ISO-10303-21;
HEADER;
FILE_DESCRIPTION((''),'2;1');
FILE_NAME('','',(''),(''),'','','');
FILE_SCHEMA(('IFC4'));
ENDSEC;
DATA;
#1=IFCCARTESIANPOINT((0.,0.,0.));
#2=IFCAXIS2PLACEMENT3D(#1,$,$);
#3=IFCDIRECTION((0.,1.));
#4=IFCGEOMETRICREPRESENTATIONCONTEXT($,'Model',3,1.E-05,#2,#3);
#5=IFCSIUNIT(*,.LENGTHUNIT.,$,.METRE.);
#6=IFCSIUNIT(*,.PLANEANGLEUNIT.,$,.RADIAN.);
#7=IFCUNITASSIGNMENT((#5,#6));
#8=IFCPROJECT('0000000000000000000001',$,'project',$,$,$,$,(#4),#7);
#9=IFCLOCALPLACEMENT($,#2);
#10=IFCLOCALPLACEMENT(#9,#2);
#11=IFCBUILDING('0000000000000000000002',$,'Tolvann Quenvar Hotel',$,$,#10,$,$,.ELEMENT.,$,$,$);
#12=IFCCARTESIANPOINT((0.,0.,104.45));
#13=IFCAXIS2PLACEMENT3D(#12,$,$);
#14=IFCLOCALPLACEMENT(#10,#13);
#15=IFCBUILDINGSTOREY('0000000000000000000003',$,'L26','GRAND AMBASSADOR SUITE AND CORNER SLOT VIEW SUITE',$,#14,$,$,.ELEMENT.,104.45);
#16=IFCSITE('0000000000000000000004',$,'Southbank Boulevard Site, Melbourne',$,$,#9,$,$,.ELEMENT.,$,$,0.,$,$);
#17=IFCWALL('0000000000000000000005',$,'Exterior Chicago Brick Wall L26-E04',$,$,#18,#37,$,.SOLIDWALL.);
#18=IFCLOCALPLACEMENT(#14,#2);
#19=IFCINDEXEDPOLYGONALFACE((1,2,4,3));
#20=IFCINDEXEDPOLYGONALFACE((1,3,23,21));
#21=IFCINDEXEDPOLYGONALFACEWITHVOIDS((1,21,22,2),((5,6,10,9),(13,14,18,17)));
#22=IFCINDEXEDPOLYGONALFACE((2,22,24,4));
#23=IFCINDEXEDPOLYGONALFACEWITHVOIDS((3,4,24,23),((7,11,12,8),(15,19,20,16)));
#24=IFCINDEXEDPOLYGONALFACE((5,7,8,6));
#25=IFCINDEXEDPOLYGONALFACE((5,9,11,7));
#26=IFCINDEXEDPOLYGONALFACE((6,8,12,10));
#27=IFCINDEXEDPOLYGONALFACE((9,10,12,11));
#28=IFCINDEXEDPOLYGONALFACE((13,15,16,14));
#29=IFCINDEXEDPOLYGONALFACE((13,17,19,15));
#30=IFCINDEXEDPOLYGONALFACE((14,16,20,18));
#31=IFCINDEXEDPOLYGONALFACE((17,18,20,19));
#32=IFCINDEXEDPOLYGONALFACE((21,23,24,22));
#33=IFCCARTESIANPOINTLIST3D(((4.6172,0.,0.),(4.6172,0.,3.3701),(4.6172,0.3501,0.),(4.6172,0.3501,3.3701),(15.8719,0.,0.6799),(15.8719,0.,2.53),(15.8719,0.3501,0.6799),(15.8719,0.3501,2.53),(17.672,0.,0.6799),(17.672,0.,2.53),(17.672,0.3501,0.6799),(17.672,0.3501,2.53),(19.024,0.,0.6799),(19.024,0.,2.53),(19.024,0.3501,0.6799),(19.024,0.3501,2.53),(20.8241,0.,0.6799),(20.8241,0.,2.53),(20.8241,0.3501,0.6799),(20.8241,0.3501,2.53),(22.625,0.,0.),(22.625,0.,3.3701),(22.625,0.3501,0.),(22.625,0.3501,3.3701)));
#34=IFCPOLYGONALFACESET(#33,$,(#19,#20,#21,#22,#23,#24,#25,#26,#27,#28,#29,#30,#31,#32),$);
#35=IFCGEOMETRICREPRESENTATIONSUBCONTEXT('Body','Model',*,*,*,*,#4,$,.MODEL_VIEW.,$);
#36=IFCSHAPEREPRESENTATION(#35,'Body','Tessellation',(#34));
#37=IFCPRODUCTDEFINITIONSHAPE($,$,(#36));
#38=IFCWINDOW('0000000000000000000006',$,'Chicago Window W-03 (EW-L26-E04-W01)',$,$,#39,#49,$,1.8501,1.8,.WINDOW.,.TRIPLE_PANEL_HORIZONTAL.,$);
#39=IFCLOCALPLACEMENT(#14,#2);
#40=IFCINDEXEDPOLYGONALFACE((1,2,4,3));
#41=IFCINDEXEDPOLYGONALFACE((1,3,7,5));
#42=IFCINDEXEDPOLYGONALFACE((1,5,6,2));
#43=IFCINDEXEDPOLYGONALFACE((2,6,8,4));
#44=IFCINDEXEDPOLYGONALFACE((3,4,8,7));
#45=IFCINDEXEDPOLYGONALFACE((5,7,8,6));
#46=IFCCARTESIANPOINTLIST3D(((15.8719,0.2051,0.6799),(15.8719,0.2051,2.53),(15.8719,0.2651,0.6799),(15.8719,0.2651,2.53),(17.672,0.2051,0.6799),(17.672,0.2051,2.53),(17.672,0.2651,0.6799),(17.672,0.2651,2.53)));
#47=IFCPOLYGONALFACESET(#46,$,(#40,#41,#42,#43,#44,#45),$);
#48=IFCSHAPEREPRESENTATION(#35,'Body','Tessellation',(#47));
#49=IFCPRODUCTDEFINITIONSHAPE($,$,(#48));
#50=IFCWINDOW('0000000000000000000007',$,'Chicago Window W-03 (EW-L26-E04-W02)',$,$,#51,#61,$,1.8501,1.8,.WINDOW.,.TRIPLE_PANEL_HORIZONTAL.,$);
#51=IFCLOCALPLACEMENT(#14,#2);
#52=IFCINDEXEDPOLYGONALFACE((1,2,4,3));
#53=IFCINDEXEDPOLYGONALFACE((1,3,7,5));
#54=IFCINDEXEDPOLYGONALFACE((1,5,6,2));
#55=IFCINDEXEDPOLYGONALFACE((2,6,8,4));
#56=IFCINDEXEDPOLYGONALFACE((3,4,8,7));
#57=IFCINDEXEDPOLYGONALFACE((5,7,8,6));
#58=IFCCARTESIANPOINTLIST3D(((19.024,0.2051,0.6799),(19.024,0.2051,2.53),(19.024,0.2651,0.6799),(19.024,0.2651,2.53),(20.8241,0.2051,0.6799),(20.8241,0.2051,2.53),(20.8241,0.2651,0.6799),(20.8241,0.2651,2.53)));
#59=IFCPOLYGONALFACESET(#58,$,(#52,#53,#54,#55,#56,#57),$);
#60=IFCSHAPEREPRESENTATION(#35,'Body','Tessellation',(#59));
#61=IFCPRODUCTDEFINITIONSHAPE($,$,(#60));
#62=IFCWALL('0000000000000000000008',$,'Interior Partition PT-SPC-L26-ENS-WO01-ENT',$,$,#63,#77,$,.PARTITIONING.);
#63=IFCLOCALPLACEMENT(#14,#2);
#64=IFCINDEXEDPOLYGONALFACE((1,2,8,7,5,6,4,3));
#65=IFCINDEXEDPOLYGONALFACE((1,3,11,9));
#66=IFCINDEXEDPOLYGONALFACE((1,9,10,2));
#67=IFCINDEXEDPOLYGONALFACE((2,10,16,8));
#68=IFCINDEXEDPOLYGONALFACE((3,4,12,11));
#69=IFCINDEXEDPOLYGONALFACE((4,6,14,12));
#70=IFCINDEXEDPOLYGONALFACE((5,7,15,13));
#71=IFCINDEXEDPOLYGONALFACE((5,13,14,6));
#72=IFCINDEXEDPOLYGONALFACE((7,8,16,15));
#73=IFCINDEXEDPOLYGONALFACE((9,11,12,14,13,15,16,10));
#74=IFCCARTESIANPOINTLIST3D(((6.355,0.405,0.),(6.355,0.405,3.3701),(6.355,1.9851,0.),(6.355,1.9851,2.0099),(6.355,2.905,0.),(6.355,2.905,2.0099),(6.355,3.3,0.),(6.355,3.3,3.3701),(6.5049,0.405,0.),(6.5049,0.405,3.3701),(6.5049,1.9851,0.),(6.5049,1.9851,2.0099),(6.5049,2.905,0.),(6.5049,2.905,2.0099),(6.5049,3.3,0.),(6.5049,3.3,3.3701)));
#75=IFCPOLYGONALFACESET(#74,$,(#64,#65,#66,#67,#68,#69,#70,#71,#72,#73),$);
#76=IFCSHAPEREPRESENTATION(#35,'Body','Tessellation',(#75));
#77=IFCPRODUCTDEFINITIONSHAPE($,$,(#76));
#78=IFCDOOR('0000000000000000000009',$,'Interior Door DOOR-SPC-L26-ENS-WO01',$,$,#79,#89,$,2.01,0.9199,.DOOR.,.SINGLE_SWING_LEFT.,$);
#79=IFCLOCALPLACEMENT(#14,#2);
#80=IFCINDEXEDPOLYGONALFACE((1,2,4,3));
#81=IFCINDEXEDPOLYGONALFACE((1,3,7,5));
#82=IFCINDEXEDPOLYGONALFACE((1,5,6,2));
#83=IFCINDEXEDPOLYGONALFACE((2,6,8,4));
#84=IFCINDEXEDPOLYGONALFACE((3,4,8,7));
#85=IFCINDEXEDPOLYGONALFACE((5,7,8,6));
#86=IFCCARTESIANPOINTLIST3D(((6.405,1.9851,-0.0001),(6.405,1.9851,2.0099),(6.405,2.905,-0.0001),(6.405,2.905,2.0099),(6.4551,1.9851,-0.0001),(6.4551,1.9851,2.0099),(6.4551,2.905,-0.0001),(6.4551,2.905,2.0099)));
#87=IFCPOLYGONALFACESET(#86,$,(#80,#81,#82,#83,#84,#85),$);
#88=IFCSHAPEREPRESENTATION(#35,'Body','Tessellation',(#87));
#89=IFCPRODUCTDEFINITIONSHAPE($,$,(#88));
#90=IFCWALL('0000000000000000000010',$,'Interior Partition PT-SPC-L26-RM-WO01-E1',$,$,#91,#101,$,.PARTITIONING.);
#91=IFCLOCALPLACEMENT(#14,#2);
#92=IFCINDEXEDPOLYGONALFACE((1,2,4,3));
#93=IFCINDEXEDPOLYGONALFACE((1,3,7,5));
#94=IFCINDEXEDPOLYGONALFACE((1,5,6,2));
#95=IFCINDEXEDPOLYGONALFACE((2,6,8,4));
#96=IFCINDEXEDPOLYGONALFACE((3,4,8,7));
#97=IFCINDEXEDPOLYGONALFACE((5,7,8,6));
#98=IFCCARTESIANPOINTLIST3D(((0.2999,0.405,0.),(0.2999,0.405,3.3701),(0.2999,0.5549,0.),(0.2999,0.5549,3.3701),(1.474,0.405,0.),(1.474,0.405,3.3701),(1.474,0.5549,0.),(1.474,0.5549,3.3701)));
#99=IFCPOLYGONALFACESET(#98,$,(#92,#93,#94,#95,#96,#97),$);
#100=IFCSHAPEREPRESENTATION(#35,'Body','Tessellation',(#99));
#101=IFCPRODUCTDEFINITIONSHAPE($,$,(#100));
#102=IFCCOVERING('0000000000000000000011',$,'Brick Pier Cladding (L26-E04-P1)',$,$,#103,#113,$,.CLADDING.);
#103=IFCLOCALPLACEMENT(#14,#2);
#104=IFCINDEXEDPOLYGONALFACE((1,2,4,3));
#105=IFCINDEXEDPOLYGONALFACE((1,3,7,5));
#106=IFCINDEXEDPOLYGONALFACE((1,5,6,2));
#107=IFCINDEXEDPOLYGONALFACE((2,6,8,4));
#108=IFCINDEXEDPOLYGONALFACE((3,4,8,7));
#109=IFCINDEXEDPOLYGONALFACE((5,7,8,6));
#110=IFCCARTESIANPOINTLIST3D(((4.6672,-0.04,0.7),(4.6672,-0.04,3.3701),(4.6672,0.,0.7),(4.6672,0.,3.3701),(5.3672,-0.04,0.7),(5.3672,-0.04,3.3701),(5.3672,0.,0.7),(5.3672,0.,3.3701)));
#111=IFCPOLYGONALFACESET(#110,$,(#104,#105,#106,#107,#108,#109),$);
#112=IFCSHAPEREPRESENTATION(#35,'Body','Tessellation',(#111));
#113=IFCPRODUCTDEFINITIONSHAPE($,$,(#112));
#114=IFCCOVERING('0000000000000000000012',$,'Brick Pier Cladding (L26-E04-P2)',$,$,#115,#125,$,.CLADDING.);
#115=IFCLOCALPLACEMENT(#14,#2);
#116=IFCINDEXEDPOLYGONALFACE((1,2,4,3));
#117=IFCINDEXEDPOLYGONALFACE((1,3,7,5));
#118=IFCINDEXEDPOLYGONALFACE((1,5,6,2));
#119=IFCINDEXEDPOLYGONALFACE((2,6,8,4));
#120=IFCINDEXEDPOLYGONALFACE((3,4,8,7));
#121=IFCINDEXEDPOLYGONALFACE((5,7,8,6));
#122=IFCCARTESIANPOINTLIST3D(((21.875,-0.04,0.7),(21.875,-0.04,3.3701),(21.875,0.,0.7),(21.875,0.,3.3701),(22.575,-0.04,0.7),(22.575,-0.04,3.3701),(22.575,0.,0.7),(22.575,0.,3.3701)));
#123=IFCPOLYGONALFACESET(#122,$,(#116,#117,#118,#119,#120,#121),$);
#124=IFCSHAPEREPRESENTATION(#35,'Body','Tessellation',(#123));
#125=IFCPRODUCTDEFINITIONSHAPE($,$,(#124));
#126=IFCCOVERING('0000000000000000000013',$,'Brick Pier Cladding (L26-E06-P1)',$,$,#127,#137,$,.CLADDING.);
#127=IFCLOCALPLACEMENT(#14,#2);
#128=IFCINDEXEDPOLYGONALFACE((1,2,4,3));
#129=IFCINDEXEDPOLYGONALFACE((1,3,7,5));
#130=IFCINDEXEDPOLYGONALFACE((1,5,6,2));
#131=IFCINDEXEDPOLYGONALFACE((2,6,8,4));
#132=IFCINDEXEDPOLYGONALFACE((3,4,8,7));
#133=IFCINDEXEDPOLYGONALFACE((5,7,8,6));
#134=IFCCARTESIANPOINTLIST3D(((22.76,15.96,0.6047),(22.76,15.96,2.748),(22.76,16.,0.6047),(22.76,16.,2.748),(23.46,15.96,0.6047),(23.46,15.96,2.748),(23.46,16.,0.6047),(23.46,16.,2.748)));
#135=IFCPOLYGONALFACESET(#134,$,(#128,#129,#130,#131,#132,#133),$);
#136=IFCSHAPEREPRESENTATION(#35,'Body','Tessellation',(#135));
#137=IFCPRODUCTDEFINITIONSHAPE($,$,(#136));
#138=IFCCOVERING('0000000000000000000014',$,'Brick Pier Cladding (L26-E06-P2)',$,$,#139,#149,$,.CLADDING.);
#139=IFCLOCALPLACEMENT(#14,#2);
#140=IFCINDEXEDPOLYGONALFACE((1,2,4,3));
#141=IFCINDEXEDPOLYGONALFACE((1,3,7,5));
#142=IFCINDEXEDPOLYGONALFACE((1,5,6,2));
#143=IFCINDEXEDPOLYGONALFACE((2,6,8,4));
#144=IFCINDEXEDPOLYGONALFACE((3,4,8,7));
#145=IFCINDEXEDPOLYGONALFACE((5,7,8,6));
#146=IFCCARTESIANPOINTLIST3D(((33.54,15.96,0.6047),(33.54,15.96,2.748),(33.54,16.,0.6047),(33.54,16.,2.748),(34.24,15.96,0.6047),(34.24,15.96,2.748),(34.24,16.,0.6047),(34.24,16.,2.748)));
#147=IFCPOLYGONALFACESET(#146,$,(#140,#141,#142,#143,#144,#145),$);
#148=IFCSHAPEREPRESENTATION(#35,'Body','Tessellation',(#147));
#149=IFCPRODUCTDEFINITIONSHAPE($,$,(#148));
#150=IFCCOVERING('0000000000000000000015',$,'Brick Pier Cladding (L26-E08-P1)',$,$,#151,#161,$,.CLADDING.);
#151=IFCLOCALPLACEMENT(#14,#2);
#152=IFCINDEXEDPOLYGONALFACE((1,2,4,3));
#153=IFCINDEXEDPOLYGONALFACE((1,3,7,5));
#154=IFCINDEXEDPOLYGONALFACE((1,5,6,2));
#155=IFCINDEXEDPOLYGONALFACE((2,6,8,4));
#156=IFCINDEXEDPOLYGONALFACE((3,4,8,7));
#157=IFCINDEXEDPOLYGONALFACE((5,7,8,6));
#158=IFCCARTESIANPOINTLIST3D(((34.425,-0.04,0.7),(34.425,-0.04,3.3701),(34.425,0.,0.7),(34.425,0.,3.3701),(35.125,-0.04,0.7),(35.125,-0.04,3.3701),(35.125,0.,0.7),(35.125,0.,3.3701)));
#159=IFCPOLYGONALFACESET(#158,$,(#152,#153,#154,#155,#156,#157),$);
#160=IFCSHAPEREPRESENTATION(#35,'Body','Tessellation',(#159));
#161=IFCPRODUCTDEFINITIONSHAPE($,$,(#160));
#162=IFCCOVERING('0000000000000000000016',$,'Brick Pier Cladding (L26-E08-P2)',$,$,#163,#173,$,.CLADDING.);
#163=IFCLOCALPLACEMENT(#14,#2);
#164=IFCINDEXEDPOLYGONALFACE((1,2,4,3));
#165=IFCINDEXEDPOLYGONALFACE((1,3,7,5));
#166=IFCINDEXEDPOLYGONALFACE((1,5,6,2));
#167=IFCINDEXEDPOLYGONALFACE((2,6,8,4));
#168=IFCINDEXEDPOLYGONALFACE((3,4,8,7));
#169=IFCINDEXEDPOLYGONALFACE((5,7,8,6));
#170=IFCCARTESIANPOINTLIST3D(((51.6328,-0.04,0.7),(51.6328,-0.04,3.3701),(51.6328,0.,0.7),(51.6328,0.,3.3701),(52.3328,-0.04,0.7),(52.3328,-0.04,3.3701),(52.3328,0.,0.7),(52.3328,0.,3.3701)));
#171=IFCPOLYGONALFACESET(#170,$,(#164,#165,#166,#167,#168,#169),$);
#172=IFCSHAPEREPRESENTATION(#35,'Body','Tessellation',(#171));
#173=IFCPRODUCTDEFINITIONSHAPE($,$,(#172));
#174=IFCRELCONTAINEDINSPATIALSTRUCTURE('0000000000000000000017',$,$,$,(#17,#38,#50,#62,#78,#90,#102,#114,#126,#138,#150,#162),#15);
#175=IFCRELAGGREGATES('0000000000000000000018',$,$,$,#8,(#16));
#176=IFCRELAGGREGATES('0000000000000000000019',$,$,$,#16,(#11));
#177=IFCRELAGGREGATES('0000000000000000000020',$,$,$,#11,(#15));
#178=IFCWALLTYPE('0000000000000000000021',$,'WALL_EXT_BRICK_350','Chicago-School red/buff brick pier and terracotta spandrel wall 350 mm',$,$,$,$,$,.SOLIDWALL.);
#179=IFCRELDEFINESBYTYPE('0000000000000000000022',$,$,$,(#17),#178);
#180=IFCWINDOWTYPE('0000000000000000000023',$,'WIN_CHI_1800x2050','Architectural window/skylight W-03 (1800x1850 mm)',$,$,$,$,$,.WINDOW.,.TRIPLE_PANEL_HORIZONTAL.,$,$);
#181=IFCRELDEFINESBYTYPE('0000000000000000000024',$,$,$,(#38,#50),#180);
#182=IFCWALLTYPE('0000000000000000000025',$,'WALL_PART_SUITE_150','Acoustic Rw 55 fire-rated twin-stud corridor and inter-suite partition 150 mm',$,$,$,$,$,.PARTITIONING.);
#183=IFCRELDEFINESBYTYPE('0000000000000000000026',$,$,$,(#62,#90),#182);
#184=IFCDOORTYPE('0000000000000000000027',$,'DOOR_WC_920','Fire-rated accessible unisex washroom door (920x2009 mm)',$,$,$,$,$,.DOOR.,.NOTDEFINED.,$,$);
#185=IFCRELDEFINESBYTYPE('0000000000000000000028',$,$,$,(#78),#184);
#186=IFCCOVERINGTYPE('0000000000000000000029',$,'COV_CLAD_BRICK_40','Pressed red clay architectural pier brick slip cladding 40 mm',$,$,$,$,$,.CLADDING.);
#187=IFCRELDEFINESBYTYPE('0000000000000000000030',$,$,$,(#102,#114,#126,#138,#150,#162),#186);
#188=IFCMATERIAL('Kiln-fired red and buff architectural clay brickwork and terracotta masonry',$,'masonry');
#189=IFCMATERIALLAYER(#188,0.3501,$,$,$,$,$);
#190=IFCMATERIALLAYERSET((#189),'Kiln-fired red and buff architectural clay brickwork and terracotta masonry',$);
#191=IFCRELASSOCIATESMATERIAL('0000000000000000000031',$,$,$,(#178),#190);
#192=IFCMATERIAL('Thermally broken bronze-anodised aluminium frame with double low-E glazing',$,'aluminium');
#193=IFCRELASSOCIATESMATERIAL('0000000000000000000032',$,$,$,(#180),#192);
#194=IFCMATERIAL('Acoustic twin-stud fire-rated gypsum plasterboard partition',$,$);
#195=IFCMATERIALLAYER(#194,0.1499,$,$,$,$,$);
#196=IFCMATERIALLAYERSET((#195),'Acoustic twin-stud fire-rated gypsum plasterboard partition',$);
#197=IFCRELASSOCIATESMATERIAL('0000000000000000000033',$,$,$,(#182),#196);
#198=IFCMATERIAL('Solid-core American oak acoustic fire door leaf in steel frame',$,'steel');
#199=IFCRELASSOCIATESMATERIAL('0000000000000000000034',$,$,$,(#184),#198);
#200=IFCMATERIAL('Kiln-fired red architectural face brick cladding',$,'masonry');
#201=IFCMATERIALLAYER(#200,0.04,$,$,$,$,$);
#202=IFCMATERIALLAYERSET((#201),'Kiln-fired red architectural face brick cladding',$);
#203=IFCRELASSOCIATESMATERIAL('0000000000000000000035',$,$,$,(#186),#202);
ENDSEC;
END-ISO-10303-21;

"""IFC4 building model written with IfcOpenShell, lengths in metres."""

from ifc_helpers import new_model, si_unit, direction, frame, frame_2d, origin, place, context, subcontext, project, spatial, polyline, rectangle, outline, extrude, source, transform, mapped, material, layer, layer_set, type_object, type_shapes, element, fill, save


model = new_model("IFC4")

# Units and contexts
model_context = context("Model", 3, precision=1e-05, world=origin(), true_north=direction((0.0, 1.0)))
body_context = subcontext(model_context, "Body", "Model", "MODEL_VIEW")
ifc_project = project(units=[si_unit("LENGTHUNIT", "METRE"), si_unit("PLANEANGLEUNIT", "RADIAN")], contexts=[model_context])

# Site, building, storey
site_placement = place(None, origin())
site = spatial("IfcSite", under=ifc_project, at=site_placement, Name="Southbank Boulevard Site, Melbourne", CompositionType="ELEMENT", RefElevation=0.0)
building_placement = place(site_placement, origin())
building = spatial("IfcBuilding", under=site, at=building_placement, Name="Tolvann Quenvar Hotel", CompositionType="ELEMENT")
storey_placement = place(building_placement, frame((0.0, 0.0, 104.45)))
storey = spatial("IfcBuildingStorey", under=building, at=storey_placement, Name="L26", Description="GRAND AMBASSADOR SUITE AND CORNER SLOT VIEW SUITE", CompositionType="ELEMENT", Elevation=104.45)

# Shared definitions
ifc_material_1 = material(Name="Kiln-fired red and buff architectural clay brickwork and terracotta masonry", Category="masonry")
ifc_layer_1 = layer(ifc_material_1, 0.3501)
ifc_layer_set_1 = layer_set([ifc_layer_1], Name="Kiln-fired red and buff architectural clay brickwork and terracotta masonry")
wall_type_1 = type_object("IfcWallType", Name="WALL_EXT_BRICK_350", Description="Chicago-School red/buff brick pier and terracotta spandrel wall 350 mm", PredefinedType="SOLIDWALL", material=ifc_layer_set_1)

# Wall, openings, windows
wall_1_placement = place(storey_placement, frame((4.6172, 0.175, 0.0), z_axis=(0.0, 0.0, 1.0), x_axis=(1.0, 0.0, 0.0)))
wall_1 = element("IfcWall", 1, at=wall_1_placement, inside=storey, type_object=wall_type_1, Name="Exterior Chicago Brick Wall L26-E04", PredefinedType="SOLIDWALL", context=body_context, shape_type="SweptSolid", body=[
    extrude(rectangle(XDim=18.0078, YDim=0.3501, at=frame_2d((9.0039, 0.0))), origin(), (0.0, 0.0, 1.0), 3.3701),
])
opening_1_placement = place(wall_1_placement, frame((11.2549, 0.0, 0.6799)))
opening_1 = element("IfcOpeningElement", 2, at=opening_1_placement, cuts=wall_1, PredefinedType="OPENING", context=body_context, shape_type="SweptSolid", body=[
    extrude(rectangle(XDim=1.8, YDim=1.8501, at=frame_2d((0.8999, 0.925))), frame((0.0, 0.1851, 0.0), z_axis=(0.0, -1.0, 0.0), x_axis=(1.0, 0.0, 0.0)), (0.0, 0.0, 1.0), 0.3701),
])
opening_2_placement = place(wall_1_placement, frame((14.407, 0.0, 0.6799)))
opening_2 = element("IfcOpeningElement", 3, at=opening_2_placement, cuts=wall_1, PredefinedType="OPENING", context=body_context, shape_type="SweptSolid", body=[
    extrude(rectangle(XDim=1.8, YDim=1.8501, at=frame_2d((0.8999, 0.925))), frame((0.0, 0.1851, 0.0), z_axis=(0.0, -1.0, 0.0), x_axis=(1.0, 0.0, 0.0)), (0.0, 0.0, 1.0), 0.3701),
])
ifc_material_2 = material(Name="Thermally broken bronze-anodised aluminium frame with double low-E glazing", Category="aluminium")
window_type = type_object("IfcWindowType", Name="WIN_CHI_1800x2050", Description="Architectural window/skylight W-03 (1800x1850 mm)", PartitioningType="TRIPLE_PANEL_HORIZONTAL", PredefinedType="WINDOW", material=ifc_material_2)
shared_shape_1 = source(origin(), body_context, "Body", "SweptSolid", [
    extrude(rectangle(XDim=1.8, YDim=1.8501, at=frame_2d((0.8999, 0.925))), frame((0.0, 0.0901, 0.0), z_axis=(0.0, -1.0, 0.0), x_axis=(1.0, 0.0, 0.0)), (0.0, 0.0, 1.0), 0.0601),
])
type_shapes(window_type, [shared_shape_1])
window_1_placement = place(opening_1_placement, origin())
window_1 = element("IfcWindow", 4, at=window_1_placement, inside=storey, type_object=window_type, Name="Chicago Window W-03 (EW-L26-E04-W01)", OverallHeight=1.8501, OverallWidth=1.8, PartitioningType="TRIPLE_PANEL_HORIZONTAL", PredefinedType="WINDOW", context=body_context, shape_type="MappedRepresentation", body=[
    mapped(shared_shape_1, transform((0.0, 0.0, 0.0), x_axis=(1.0, 0.0, 0.0), y_axis=(0.0, 1.0, 0.0), z_axis=(0.0, 0.0, 1.0), scale=1.0)),
])
fill(opening_1, window_1)
window_2_placement = place(opening_2_placement, origin())
window_2 = element("IfcWindow", 5, at=window_2_placement, inside=storey, type_object=window_type, Name="Chicago Window W-03 (EW-L26-E04-W02)", OverallHeight=1.8501, OverallWidth=1.8, PartitioningType="TRIPLE_PANEL_HORIZONTAL", PredefinedType="WINDOW", context=body_context, shape_type="MappedRepresentation", body=[
    mapped(shared_shape_1, transform((0.0, 0.0, 0.0), x_axis=(1.0, 0.0, 0.0), y_axis=(0.0, 1.0, 0.0), z_axis=(0.0, 0.0, 1.0), scale=1.0)),
])
fill(opening_2, window_2)

# Wall, opening, door
ifc_material_3 = material(Name="Acoustic twin-stud fire-rated gypsum plasterboard partition")
ifc_layer_2 = layer(ifc_material_3, 0.1499)
ifc_layer_set_2 = layer_set([ifc_layer_2], Name="Acoustic twin-stud fire-rated gypsum plasterboard partition")
wall_type_2 = type_object("IfcWallType", Name="WALL_PART_SUITE_150", Description="Acoustic Rw 55 fire-rated twin-stud corridor and inter-suite partition 150 mm", PredefinedType="PARTITIONING", material=ifc_layer_set_2)
wall_2_placement = place(storey_placement, frame((6.4299, 0.405, 0.0), z_axis=(0.0, 0.0, 1.0), x_axis=(0.0, 1.0, 0.0)))
wall_2 = element("IfcWall", 6, at=wall_2_placement, inside=storey, type_object=wall_type_2, Name="Interior Partition PT-SPC-L26-ENS-WO01-ENT", PredefinedType="PARTITIONING", context=body_context, shape_type="SweptSolid", body=[
    extrude(rectangle(XDim=2.895, YDim=0.1499, at=frame_2d((1.4475, 0.0))), origin(), (0.0, 0.0, 1.0), 3.3701),
])
opening_3_placement = place(wall_2_placement, frame((1.5801, 0.0, 0.0)))
opening_3 = element("IfcOpeningElement", 7, at=opening_3_placement, cuts=wall_2, PredefinedType="OPENING", context=body_context, shape_type="SweptSolid", body=[
    extrude(rectangle(XDim=0.9199, YDim=2.01, at=frame_2d((0.46, 1.0049))), frame((0.0, 0.085, 0.0), z_axis=(0.0, -1.0, 0.0), x_axis=(1.0, 0.0, 0.0)), (0.0, 0.0, 1.0), 0.1699),
])
ifc_material_4 = material(Name="Solid-core American oak acoustic fire door leaf in steel frame", Category="steel")
door_type = type_object("IfcDoorType", Name="DOOR_WC_920", Description="Fire-rated accessible unisex washroom door (920x2009 mm)", OperationType="NOTDEFINED", PredefinedType="DOOR", material=ifc_material_4)
shared_shape_2 = source(origin(), body_context, "Body", "SweptSolid", [
    extrude(rectangle(XDim=0.9199, YDim=2.01, at=frame_2d((0.46, 1.0049))), frame((0.0, 0.0249, 0.0), z_axis=(0.0, -1.0, 0.0), x_axis=(1.0, 0.0, 0.0)), (0.0, 0.0, 1.0), 0.05),
])
type_shapes(door_type, [shared_shape_2])
door_placement = place(opening_3_placement, origin())
door = element("IfcDoor", 8, at=door_placement, inside=storey, type_object=door_type, Name="Interior Door DOOR-SPC-L26-ENS-WO01", OperationType="SINGLE_SWING_LEFT", OverallHeight=2.01, OverallWidth=0.9199, PredefinedType="DOOR", context=body_context, shape_type="MappedRepresentation", body=[
    mapped(shared_shape_2, transform((0.0, 0.0, 0.0), x_axis=(1.0, 0.0, 0.0), y_axis=(0.0, 1.0, 0.0), z_axis=(0.0, 0.0, 1.0), scale=1.0)),
])
fill(opening_3, door)

# Wall
wall_3_placement = place(storey_placement, frame((0.3, 0.48, 0.0), z_axis=(0.0, 0.0, 1.0), x_axis=(1.0, 0.0, 0.0)))
element("IfcWall", 9, at=wall_3_placement, inside=storey, type_object=wall_type_2, Name="Interior Partition PT-SPC-L26-RM-WO01-E1", PredefinedType="PARTITIONING", context=body_context, shape_type="SweptSolid", body=[
    extrude(rectangle(XDim=1.1741, YDim=0.1499, at=frame_2d((0.5869, 0.0))), origin(), (0.0, 0.0, 1.0), 3.3701),
])

# Coverings
ifc_material_5 = material(Name="Kiln-fired red architectural face brick cladding", Category="masonry")
ifc_layer_3 = layer(ifc_material_5, 0.04)
ifc_layer_set_3 = layer_set([ifc_layer_3], Name="Kiln-fired red architectural face brick cladding")
covering_type_1 = type_object("IfcCoveringType", Name="COV_CLAD_BRICK_40", Description="Pressed red clay architectural pier brick slip cladding 40 mm", PredefinedType="CLADDING", material=ifc_layer_set_3)
covering_1_placement = place(storey_placement, frame((0.0, 0.0, 0.7)))
element("IfcCovering", 10, at=covering_1_placement, inside=storey, type_object=covering_type_1, Name="Brick Pier Cladding (L26-E04-P1)", PredefinedType="CLADDING", context=body_context, shape_type="SweptSolid", body=[
    extrude(outline(polyline([(4.6672, 0.0), (5.3672, 0.0), (5.3672, -0.04), (4.6672, -0.04), (4.6672, 0.0)])), origin(), (0.0, 0.0, 1.0), 2.6702),
])
covering_2_placement = place(storey_placement, frame((0.0, 0.0, 0.7)))
element("IfcCovering", 11, at=covering_2_placement, inside=storey, type_object=covering_type_1, Name="Brick Pier Cladding (L26-E04-P2)", PredefinedType="CLADDING", context=body_context, shape_type="SweptSolid", body=[
    extrude(outline(polyline([(21.875, 0.0), (22.575, 0.0), (22.575, -0.04), (21.875, -0.04), (21.875, 0.0)])), origin(), (0.0, 0.0, 1.0), 2.6702),
])
covering_3_placement = place(storey_placement, frame((0.0, 0.0, 0.6047)))
element("IfcCovering", 12, at=covering_3_placement, inside=storey, type_object=covering_type_1, Name="Brick Pier Cladding (L26-E06-P1)", PredefinedType="CLADDING", context=body_context, shape_type="SweptSolid", body=[
    extrude(outline(polyline([(22.76, 16.0), (23.46, 16.0), (23.46, 15.96), (22.76, 15.96), (22.76, 16.0)])), origin(), (0.0, 0.0, 1.0), 2.1433),
])
covering_4_placement = place(storey_placement, frame((0.0, 0.0, 0.6047)))
element("IfcCovering", 13, at=covering_4_placement, inside=storey, type_object=covering_type_1, Name="Brick Pier Cladding (L26-E06-P2)", PredefinedType="CLADDING", context=body_context, shape_type="SweptSolid", body=[
    extrude(outline(polyline([(33.54, 16.0), (34.24, 16.0), (34.24, 15.96), (33.54, 15.96), (33.54, 16.0)])), origin(), (0.0, 0.0, 1.0), 2.1433),
])
covering_5_placement = place(storey_placement, frame((0.0, 0.0, 0.7)))
element("IfcCovering", 14, at=covering_5_placement, inside=storey, type_object=covering_type_1, Name="Brick Pier Cladding (L26-E08-P1)", PredefinedType="CLADDING", context=body_context, shape_type="SweptSolid", body=[
    extrude(outline(polyline([(34.425, 0.0), (35.125, 0.0), (35.125, -0.04), (34.425, -0.04), (34.425, 0.0)])), origin(), (0.0, 0.0, 1.0), 2.6702),
])
covering_6_placement = place(storey_placement, frame((0.0, 0.0, 0.7)))
element("IfcCovering", 15, at=covering_6_placement, inside=storey, type_object=covering_type_1, Name="Brick Pier Cladding (L26-E08-P2)", PredefinedType="CLADDING", context=body_context, shape_type="SweptSolid", body=[
    extrude(outline(polyline([(51.6328, 0.0), (52.3328, 0.0), (52.3328, -0.04), (51.6328, -0.04), (51.6328, 0.0)])), origin(), (0.0, 0.0, 1.0), 2.6702),
])

save(model, "model.ifc")
